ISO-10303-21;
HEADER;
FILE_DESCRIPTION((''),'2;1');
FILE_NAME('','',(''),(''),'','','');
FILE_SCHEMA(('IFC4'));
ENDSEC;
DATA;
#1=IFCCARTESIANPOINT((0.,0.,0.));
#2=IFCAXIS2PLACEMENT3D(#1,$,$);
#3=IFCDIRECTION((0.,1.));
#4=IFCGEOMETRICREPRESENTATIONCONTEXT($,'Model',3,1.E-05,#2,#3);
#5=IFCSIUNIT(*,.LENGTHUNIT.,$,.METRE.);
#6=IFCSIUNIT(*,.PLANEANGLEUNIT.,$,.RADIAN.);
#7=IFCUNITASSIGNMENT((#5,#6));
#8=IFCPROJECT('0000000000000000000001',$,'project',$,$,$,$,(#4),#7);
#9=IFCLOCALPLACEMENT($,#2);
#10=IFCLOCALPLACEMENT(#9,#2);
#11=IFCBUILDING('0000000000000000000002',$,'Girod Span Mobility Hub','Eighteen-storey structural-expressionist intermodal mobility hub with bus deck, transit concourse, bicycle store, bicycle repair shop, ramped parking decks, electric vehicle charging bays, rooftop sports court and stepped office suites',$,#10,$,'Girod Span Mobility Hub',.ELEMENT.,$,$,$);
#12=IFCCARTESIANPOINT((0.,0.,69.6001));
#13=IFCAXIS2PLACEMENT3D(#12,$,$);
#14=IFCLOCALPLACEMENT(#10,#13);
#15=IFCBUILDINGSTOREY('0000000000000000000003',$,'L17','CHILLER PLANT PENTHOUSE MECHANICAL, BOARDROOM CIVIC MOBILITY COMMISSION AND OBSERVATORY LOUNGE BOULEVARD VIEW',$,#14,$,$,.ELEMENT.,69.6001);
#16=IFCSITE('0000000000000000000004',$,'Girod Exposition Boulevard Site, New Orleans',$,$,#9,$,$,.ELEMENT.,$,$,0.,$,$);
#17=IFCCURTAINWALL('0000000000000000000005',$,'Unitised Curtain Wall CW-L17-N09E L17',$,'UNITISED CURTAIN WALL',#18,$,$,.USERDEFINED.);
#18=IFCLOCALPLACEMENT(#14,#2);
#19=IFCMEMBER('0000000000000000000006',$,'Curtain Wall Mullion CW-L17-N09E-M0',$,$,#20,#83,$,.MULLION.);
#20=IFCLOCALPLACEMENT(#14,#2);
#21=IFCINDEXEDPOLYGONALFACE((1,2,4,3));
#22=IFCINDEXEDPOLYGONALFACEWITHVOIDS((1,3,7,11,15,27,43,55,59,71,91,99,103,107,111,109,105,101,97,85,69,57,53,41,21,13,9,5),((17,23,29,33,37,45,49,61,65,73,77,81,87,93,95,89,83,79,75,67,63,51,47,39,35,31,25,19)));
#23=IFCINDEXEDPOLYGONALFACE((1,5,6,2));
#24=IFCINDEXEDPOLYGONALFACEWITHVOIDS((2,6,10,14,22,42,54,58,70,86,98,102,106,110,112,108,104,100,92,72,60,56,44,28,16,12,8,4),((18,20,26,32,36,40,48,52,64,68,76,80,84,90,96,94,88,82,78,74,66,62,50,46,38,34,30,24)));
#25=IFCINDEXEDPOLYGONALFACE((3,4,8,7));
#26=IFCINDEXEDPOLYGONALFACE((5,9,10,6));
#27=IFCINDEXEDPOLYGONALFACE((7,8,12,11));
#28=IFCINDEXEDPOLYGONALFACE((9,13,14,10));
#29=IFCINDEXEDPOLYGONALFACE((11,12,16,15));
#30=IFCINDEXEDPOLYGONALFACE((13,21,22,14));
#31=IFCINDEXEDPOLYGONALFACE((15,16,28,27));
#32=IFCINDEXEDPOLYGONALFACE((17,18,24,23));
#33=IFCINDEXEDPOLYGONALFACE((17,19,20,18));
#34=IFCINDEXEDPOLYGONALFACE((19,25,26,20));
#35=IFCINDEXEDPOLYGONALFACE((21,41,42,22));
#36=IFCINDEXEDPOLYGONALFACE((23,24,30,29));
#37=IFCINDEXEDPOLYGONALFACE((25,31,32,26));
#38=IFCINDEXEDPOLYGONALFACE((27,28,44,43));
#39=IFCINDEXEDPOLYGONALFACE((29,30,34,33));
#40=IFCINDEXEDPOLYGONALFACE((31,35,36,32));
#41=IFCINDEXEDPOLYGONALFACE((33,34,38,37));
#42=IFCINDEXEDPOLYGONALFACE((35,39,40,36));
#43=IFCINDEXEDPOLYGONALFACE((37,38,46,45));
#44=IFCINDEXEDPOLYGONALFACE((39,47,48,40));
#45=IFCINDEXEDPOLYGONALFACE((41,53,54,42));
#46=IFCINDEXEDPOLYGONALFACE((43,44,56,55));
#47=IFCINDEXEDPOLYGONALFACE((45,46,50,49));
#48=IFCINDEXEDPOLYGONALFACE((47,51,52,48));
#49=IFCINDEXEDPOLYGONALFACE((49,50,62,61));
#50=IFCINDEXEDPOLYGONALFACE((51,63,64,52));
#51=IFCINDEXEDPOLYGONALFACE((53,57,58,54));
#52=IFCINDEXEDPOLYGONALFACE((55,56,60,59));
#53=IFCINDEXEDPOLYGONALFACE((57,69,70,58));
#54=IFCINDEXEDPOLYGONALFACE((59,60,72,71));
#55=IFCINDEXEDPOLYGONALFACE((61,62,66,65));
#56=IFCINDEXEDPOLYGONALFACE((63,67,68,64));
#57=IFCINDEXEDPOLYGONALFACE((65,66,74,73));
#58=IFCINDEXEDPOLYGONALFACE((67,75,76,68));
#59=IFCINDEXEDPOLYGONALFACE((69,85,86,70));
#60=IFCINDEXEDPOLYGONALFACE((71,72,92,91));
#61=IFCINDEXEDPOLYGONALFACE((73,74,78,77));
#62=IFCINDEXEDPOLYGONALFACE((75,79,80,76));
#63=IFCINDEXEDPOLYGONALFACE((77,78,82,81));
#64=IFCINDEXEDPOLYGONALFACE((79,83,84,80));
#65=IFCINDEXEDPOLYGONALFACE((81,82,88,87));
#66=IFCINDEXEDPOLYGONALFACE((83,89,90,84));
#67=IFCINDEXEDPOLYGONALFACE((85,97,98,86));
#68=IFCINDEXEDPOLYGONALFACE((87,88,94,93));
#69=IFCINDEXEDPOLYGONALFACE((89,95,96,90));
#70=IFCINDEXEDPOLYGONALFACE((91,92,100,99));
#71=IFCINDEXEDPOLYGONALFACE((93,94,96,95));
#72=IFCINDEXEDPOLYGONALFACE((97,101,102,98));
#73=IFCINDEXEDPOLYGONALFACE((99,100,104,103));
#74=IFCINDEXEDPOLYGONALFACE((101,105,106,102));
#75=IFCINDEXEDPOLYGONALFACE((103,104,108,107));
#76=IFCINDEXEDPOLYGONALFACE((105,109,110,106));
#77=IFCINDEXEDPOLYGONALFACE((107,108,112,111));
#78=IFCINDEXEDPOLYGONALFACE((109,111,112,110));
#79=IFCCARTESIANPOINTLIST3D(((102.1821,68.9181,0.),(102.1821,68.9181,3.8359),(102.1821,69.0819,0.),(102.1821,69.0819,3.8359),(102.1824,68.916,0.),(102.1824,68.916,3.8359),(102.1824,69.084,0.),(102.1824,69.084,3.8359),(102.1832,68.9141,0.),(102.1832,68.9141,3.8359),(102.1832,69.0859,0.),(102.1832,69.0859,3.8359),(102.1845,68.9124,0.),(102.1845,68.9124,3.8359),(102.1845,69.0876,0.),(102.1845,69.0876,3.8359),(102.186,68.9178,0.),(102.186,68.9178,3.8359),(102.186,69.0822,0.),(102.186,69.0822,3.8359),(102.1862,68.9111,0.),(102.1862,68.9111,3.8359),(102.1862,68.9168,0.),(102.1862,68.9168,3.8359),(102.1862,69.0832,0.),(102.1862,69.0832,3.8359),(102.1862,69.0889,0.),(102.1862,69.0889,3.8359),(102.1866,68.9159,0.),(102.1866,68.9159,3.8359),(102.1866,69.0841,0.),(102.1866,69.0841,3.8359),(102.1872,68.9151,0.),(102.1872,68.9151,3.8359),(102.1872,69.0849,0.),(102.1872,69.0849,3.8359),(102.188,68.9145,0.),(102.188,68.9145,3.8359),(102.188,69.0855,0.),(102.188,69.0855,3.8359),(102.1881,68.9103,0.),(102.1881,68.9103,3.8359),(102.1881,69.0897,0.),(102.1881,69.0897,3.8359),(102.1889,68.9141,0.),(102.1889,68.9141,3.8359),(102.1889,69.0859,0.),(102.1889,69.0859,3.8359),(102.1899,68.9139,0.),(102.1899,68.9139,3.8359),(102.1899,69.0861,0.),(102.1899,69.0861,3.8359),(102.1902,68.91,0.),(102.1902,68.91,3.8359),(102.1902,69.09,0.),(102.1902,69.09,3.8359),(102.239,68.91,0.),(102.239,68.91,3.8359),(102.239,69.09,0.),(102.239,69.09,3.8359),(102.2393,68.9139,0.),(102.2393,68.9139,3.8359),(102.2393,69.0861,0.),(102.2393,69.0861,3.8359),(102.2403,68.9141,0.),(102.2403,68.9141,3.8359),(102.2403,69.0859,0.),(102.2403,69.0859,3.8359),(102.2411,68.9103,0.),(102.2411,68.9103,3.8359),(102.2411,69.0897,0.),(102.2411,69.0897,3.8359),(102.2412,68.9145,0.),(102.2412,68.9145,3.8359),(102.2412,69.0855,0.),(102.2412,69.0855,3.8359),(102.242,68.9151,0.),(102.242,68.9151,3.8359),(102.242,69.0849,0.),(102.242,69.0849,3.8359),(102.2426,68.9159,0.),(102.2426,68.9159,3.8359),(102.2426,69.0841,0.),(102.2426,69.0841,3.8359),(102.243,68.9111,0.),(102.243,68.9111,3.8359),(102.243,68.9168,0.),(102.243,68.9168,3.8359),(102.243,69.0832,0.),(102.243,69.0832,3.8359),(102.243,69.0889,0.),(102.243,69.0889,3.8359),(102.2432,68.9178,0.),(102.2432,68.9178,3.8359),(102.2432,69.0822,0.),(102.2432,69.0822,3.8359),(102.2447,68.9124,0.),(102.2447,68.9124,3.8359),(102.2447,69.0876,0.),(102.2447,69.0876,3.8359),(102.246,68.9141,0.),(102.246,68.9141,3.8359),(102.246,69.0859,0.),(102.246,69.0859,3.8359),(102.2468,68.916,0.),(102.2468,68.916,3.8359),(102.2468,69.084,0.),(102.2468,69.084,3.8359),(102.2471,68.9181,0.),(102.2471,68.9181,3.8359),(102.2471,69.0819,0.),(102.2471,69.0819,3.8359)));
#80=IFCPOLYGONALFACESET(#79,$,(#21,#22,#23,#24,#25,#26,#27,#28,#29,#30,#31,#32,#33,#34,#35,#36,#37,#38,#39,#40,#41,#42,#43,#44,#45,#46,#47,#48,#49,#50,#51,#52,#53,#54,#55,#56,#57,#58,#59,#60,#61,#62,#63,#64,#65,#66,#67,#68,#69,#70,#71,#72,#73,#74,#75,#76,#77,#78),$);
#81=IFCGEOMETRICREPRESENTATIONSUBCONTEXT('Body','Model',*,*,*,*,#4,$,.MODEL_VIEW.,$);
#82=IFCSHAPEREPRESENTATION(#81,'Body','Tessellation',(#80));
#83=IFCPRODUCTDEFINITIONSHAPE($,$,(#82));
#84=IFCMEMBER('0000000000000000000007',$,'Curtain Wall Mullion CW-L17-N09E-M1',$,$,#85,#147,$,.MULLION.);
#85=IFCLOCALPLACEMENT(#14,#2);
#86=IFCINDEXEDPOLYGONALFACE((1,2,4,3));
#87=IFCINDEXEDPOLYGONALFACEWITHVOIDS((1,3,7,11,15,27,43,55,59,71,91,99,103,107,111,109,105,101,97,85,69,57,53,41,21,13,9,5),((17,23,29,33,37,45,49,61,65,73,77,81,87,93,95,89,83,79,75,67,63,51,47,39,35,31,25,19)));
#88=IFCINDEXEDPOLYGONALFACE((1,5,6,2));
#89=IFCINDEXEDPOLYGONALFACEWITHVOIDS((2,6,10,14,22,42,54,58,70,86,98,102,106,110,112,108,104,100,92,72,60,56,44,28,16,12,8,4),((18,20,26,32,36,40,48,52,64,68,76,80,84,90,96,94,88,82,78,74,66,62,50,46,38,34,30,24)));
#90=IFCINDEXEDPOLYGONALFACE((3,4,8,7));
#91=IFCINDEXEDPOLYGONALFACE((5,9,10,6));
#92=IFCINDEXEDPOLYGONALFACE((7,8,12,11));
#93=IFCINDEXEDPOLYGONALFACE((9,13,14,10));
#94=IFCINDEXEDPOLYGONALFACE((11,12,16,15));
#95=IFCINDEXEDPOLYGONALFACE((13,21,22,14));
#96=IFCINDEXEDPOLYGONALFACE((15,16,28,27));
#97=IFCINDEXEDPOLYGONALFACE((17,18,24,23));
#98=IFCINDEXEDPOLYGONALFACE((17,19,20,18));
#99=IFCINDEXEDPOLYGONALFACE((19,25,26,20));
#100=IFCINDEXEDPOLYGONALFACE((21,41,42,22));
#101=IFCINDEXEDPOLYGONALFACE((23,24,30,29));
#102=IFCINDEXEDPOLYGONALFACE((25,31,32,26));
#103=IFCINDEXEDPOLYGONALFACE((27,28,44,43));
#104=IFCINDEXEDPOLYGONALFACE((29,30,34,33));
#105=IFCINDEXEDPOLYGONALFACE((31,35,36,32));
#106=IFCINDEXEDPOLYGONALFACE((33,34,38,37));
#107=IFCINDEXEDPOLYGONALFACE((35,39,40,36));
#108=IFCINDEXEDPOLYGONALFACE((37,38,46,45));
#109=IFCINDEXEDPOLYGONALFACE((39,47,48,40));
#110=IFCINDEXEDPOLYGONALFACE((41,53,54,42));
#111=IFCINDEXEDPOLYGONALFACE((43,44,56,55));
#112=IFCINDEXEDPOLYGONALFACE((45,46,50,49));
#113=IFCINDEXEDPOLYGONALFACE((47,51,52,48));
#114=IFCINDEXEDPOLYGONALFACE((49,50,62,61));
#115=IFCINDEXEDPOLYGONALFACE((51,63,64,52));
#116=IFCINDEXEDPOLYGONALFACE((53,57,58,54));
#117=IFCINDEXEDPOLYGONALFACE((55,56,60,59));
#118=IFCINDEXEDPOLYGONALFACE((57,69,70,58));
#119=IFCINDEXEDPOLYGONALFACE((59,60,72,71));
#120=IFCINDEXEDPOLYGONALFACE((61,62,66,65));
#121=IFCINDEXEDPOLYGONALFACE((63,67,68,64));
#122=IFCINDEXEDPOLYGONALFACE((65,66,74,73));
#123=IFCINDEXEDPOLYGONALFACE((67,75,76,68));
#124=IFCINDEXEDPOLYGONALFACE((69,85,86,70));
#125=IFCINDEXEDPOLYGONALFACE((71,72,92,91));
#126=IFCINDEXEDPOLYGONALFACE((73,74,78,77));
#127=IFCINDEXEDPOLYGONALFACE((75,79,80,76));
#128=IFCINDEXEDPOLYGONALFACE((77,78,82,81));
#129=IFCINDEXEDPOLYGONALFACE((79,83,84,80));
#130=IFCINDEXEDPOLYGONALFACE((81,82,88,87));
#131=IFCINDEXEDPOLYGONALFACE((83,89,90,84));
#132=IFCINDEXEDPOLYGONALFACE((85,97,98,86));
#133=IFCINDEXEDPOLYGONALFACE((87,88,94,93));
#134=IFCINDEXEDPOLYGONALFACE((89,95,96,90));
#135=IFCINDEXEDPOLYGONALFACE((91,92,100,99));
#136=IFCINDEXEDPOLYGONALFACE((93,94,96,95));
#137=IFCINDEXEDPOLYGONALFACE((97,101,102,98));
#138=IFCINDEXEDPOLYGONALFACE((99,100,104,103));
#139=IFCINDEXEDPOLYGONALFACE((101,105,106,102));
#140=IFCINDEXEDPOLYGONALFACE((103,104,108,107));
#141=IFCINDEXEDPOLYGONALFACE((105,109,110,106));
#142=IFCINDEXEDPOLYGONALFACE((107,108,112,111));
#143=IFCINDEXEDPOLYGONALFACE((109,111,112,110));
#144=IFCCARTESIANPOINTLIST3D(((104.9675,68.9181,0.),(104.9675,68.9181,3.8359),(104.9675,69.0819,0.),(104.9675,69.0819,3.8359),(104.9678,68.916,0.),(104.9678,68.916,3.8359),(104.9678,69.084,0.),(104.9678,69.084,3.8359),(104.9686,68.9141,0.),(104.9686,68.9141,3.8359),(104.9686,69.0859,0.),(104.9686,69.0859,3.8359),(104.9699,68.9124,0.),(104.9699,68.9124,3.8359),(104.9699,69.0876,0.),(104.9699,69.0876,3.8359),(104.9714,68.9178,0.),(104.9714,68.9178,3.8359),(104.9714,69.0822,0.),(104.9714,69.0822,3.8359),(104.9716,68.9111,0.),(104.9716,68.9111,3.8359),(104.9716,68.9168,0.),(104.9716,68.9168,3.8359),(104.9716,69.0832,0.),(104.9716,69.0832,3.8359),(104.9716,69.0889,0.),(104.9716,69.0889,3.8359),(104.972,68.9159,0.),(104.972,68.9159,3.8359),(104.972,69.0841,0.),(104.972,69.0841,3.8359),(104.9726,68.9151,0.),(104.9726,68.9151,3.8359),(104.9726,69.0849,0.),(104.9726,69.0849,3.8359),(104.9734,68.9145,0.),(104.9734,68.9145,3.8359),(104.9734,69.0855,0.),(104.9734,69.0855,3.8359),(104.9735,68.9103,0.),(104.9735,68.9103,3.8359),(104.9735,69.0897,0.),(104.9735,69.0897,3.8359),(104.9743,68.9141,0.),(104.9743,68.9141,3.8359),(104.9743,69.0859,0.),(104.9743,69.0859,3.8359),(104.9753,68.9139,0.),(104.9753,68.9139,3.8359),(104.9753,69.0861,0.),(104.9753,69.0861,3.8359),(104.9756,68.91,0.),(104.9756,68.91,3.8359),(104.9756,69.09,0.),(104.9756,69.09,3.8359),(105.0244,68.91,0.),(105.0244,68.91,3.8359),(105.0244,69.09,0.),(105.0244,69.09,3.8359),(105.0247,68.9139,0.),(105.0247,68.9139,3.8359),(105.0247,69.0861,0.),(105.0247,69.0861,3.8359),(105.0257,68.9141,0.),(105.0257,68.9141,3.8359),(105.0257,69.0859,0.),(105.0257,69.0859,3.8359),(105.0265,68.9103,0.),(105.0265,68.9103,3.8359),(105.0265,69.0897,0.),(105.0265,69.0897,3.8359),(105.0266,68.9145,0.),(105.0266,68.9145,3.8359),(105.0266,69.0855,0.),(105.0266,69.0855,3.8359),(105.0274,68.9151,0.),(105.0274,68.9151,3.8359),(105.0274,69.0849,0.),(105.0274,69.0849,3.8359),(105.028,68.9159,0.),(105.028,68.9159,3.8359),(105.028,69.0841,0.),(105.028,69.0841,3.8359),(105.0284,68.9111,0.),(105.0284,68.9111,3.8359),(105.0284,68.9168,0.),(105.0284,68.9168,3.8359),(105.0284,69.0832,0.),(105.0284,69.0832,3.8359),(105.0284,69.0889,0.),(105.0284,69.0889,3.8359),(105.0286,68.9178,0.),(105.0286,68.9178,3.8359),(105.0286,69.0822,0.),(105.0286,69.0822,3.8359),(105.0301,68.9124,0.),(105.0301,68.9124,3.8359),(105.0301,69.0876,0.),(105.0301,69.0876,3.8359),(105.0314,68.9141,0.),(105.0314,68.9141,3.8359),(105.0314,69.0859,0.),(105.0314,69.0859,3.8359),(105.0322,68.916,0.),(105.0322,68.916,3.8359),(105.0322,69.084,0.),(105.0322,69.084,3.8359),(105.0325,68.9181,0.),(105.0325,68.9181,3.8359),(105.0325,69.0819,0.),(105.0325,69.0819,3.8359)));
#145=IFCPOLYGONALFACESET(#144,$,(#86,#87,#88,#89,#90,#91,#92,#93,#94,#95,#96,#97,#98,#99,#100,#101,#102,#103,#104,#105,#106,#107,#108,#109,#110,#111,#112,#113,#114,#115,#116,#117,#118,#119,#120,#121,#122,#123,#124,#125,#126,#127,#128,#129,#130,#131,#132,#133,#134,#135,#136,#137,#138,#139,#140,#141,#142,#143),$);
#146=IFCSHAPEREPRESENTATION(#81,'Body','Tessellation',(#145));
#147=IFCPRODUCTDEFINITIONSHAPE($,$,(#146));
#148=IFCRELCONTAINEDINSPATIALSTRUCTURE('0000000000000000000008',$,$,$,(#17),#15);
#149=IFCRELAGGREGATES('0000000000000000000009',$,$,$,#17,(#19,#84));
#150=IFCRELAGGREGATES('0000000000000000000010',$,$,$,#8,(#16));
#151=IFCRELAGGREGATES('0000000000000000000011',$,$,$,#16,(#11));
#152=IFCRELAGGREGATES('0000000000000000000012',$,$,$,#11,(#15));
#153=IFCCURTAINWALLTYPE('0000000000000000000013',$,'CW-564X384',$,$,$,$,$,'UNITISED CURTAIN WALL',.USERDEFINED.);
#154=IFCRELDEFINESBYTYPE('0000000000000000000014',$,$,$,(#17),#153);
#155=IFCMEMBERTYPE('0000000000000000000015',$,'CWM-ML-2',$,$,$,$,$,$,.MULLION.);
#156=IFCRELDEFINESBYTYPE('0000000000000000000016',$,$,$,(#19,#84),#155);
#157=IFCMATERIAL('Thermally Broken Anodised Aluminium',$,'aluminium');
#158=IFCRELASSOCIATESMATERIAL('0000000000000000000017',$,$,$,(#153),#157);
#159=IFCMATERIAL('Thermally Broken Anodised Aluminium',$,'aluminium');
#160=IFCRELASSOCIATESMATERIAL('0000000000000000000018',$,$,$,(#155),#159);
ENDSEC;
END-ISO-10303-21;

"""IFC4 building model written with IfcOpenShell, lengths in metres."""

from ifc_helpers import new_model, si_unit, direction, frame, origin, origin_2d, place, context, subcontext, project, spatial, hollow_rectangle, extrude, material, material_profile, profile_set, type_object, element, aggregate, save


model = new_model("IFC4")

# Units and contexts
model_context = context("Model", 3, precision=1e-05, world=origin(), true_north=direction((0.0, 1.0)))
body_context = subcontext(model_context, "Body", "Model", "MODEL_VIEW")
ifc_project = project(units=[si_unit("LENGTHUNIT", "METRE"), si_unit("PLANEANGLEUNIT", "RADIAN")], contexts=[model_context])

# Site, building, storey
site_placement = place(None, origin())
site = spatial("IfcSite", under=ifc_project, at=site_placement, Name="Girod Exposition Boulevard Site, New Orleans", CompositionType="ELEMENT", RefElevation=0.0)
building_placement = place(site_placement, origin())
building = spatial("IfcBuilding", under=site, at=building_placement, Name="Girod Span Mobility Hub", Description="Eighteen-storey structural-expressionist intermodal mobility hub with bus deck, transit concourse, bicycle store, bicycle repair shop, ramped parking decks, electric vehicle charging bays, rooftop sports court and stepped office suites", LongName="Girod Span Mobility Hub", CompositionType="ELEMENT")
storey_placement = place(building_placement, frame((0.0, 0.0, 69.6001)))
storey = spatial("IfcBuildingStorey", under=building, at=storey_placement, Name="L17", Description="CHILLER PLANT PENTHOUSE MECHANICAL, BOARDROOM CIVIC MOBILITY COMMISSION AND OBSERVATORY LOUNGE BOULEVARD VIEW", CompositionType="ELEMENT", Elevation=69.6001)

# Curtain wall, members
ifc_material_1 = material(Name="Thermally Broken Anodised Aluminium", Category="aluminium")
curtain_wall_type = type_object("IfcCurtainWallType", Name="CW-564X384", ElementType="UNITISED CURTAIN WALL", PredefinedType="USERDEFINED", material=ifc_material_1)
ifc_material_2 = material(Name="Thermally Broken Anodised Aluminium", Category="aluminium")
ifc_material_profile_1 = material_profile(ifc_material_2, hollow_rectangle(XDim=0.1799, YDim=0.0649, WallThickness=0.0039, InnerFilletRadius=0.0039, OuterFilletRadius=0.0081, at=origin_2d()), Name="CW-ML-65X180")
ifc_profile_set_1 = profile_set([ifc_material_profile_1], Name="Thermally Broken Anodised Aluminium")
member_type_1 = type_object("IfcMemberType", Name="CWM-ML-2", PredefinedType="MULLION", material=ifc_profile_set_1)
curtain_wall_1_placement = place(storey_placement, origin())
curtain_wall_1 = element("IfcCurtainWall", 1, at=curtain_wall_1_placement, inside=storey, type_object=curtain_wall_type, Name="Unitised Curtain Wall CW-L17-N09E L17", ObjectType="UNITISED CURTAIN WALL", PredefinedType="USERDEFINED")
member_1_placement = place(storey_placement, frame((102.2146, 69.0, 0.0), z_axis=(0.0, 0.0, 1.0), x_axis=(0.0, 1.0, 0.0)))
member_1 = element("IfcMember", 2, at=member_1_placement, type_object=member_type_1, Name="Curtain Wall Mullion CW-L17-N09E-M0", PredefinedType="MULLION", context=body_context, shape_type="SweptSolid", body=[
    extrude(hollow_rectangle(XDim=0.1799, YDim=0.0649, WallThickness=0.0039, InnerFilletRadius=0.0039, OuterFilletRadius=0.0081, at=origin_2d()), origin(), (0.0, 0.0, 1.0), 3.8359),
])
member_2_placement = place(storey_placement, frame((105.0, 69.0, 0.0), z_axis=(0.0, 0.0, 1.0), x_axis=(0.0, 1.0, 0.0)))
member_2 = element("IfcMember", 3, at=member_2_placement, type_object=member_type_1, Name="Curtain Wall Mullion CW-L17-N09E-M1", PredefinedType="MULLION", context=body_context, shape_type="SweptSolid", body=[
    extrude(hollow_rectangle(XDim=0.1799, YDim=0.0649, WallThickness=0.0039, InnerFilletRadius=0.0039, OuterFilletRadius=0.0081, at=origin_2d()), origin(), (0.0, 0.0, 1.0), 3.8359),
])

aggregate(curtain_wall_1, [member_1, member_2])

save(model, "model.ifc")
